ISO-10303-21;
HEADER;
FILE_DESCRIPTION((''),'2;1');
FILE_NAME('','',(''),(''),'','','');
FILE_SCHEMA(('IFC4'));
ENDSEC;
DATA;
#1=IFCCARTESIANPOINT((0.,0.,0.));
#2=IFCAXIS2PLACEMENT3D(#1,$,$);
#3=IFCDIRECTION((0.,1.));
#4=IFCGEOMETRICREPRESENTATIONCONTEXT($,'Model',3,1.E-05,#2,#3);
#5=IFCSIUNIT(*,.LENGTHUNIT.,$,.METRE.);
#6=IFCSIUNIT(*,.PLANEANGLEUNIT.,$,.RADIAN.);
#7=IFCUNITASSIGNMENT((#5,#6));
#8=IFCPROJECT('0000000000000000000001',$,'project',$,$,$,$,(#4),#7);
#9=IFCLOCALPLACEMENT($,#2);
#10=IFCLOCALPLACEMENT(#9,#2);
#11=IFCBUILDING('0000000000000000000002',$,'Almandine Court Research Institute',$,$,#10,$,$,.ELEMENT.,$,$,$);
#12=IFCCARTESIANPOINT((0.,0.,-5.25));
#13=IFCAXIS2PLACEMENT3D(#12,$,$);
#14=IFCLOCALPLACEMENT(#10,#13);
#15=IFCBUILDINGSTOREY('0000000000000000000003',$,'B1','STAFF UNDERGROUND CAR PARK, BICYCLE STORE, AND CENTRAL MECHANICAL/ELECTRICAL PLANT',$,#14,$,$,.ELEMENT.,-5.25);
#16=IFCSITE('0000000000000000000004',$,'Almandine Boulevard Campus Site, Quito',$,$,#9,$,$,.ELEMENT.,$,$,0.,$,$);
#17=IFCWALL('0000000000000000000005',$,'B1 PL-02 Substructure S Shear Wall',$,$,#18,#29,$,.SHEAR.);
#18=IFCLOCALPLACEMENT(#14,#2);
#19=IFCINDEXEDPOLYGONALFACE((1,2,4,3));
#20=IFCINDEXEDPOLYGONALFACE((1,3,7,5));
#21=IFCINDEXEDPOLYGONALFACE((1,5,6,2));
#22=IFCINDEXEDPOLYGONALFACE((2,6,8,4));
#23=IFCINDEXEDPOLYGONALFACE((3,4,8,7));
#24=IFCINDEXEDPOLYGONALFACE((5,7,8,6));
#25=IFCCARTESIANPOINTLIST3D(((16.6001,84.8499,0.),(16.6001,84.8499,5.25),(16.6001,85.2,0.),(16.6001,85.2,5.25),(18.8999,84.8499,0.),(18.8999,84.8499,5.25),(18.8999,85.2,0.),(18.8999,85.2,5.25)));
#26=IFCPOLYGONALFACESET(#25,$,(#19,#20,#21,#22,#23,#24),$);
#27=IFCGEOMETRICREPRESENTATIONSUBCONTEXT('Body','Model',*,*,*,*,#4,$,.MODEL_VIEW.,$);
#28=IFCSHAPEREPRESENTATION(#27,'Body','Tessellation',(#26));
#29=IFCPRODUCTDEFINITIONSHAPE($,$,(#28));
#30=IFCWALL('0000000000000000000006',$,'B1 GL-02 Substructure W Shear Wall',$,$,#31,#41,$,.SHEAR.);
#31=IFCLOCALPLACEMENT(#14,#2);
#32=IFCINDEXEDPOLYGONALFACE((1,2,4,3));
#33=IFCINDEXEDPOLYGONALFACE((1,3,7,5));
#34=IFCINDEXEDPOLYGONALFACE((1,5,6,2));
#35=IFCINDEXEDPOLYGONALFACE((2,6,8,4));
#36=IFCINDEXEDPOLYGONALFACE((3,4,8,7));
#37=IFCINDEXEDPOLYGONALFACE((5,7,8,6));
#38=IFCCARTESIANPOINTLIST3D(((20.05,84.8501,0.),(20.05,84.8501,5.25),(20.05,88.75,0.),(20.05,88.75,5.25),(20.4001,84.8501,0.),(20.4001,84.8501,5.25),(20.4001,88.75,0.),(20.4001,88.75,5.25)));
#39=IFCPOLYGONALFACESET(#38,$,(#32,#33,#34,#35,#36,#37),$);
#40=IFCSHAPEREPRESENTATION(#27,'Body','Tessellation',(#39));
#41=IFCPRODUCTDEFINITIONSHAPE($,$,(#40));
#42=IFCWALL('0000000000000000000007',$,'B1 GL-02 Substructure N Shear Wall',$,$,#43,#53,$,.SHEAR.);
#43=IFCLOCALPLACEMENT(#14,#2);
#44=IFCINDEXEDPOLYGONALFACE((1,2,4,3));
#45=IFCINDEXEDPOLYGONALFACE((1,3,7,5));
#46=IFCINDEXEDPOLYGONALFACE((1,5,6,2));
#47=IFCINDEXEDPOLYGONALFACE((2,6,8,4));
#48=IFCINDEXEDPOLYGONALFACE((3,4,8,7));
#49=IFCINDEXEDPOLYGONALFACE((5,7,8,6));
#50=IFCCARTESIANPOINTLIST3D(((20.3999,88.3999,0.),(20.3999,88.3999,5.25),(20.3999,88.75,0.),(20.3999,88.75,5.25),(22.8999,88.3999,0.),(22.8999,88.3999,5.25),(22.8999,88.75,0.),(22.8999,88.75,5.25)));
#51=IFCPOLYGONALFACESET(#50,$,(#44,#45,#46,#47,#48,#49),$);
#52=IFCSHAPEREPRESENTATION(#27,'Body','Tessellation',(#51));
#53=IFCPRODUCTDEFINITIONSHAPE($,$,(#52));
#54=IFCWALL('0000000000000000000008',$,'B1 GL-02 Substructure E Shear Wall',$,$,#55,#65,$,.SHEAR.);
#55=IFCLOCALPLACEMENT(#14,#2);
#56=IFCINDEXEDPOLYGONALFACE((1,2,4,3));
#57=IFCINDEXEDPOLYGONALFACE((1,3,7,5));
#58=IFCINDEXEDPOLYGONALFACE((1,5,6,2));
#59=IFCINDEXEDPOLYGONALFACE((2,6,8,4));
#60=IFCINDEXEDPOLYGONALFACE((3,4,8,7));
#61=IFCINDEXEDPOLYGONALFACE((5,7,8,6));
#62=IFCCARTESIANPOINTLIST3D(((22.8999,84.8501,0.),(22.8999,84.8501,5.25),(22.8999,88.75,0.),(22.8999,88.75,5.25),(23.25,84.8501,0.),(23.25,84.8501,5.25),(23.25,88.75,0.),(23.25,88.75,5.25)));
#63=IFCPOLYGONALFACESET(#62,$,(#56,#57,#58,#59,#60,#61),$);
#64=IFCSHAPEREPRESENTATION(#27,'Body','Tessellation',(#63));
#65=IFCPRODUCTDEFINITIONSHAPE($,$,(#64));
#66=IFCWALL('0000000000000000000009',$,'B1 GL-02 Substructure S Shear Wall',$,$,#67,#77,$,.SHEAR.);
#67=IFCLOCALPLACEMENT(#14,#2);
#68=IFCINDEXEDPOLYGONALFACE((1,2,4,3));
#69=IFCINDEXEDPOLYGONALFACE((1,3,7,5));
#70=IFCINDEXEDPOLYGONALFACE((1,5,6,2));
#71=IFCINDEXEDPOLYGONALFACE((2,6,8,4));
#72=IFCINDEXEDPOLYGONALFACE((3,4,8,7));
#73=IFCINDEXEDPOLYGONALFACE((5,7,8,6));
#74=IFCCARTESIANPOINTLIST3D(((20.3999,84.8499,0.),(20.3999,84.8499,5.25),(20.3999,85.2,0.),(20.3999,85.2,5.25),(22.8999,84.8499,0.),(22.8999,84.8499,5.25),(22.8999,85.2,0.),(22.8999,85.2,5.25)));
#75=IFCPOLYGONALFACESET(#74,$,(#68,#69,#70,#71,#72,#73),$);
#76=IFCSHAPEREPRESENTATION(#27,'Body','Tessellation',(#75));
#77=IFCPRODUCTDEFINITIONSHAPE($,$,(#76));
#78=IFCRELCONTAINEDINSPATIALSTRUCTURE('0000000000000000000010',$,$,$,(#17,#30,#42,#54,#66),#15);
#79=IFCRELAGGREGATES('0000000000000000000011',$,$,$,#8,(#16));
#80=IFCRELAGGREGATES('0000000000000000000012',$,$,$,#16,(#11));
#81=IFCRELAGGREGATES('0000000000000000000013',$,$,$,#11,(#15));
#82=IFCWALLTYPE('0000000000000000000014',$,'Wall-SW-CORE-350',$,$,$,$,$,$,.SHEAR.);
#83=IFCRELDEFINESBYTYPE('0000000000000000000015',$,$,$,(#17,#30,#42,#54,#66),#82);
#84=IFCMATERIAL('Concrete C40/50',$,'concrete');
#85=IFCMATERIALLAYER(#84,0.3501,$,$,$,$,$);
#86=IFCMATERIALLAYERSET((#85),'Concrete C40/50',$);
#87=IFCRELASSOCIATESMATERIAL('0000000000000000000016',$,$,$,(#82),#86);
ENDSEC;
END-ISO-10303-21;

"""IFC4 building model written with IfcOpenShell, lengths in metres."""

from ifc_helpers import new_model, si_unit, direction, frame, frame_2d, origin, place, context, subcontext, project, spatial, rectangle, extrude, material, layer, layer_set, type_object, element, save


model = new_model("IFC4")

# Units and contexts
model_context = context("Model", 3, precision=1e-05, world=origin(), true_north=direction((0.0, 1.0)))
body_context = subcontext(model_context, "Body", "Model", "MODEL_VIEW")
ifc_project = project(units=[si_unit("LENGTHUNIT", "METRE"), si_unit("PLANEANGLEUNIT", "RADIAN")], contexts=[model_context])

# Site, building, storey
site_placement = place(None, origin())
site = spatial("IfcSite", under=ifc_project, at=site_placement, Name="Almandine Boulevard Campus Site, Quito", CompositionType="ELEMENT", RefElevation=0.0)
building_placement = place(site_placement, origin())
building = spatial("IfcBuilding", under=site, at=building_placement, Name="Almandine Court Research Institute", CompositionType="ELEMENT")
storey_placement = place(building_placement, frame((0.0, 0.0, -5.25)))
storey = spatial("IfcBuildingStorey", under=building, at=storey_placement, Name="B1", Description="STAFF UNDERGROUND CAR PARK, BICYCLE STORE, AND CENTRAL MECHANICAL/ELECTRICAL PLANT", CompositionType="ELEMENT", Elevation=-5.25)

# Shared definitions
ifc_material_1 = material(Name="Concrete C40/50", Category="concrete")

# Walls
ifc_layer = layer(ifc_material_1, 0.3501)
ifc_layer_set = layer_set([ifc_layer], Name="Concrete C40/50")
wall_type = type_object("IfcWallType", Name="Wall-SW-CORE-350", PredefinedType="SHEAR", material=ifc_layer_set)
wall_1_placement = place(storey_placement, frame((18.8999, 85.0249, 0.0), z_axis=(0.0, 0.0, 1.0), x_axis=(-1.0, 0.0, 0.0)))
element("IfcWall", 1, at=wall_1_placement, inside=storey, type_object=wall_type, Name="B1 PL-02 Substructure S Shear Wall", PredefinedType="SHEAR", context=body_context, shape_type="SweptSolid", body=[
    extrude(rectangle(XDim=2.2998, YDim=0.3501, at=frame_2d((1.1499, 0.0))), origin(), (0.0, 0.0, 1.0), 5.25),
])
wall_2_placement = place(storey_placement, frame((20.2251, 84.8501, 0.0), z_axis=(0.0, 0.0, 1.0), x_axis=(0.0, 1.0, 0.0)))
element("IfcWall", 2, at=wall_2_placement, inside=storey, type_object=wall_type, Name="B1 GL-02 Substructure W Shear Wall", PredefinedType="SHEAR", context=body_context, shape_type="SweptSolid", body=[
    extrude(rectangle(XDim=3.8999, YDim=0.3501, at=frame_2d((1.95, 0.0))), origin(), (0.0, 0.0, 1.0), 5.25),
])
wall_3_placement = place(storey_placement, frame((20.3999, 88.575, 0.0), z_axis=(0.0, 0.0, 1.0), x_axis=(1.0, 0.0, 0.0)))
element("IfcWall", 3, at=wall_3_placement, inside=storey, type_object=wall_type, Name="B1 GL-02 Substructure N Shear Wall", PredefinedType="SHEAR", context=body_context, shape_type="SweptSolid", body=[
    extrude(rectangle(XDim=2.5, YDim=0.3501, at=frame_2d((1.25, 0.0))), origin(), (0.0, 0.0, 1.0), 5.25),
])
wall_4_placement = place(storey_placement, frame((23.075, 88.75, 0.0), z_axis=(0.0, 0.0, 1.0), x_axis=(0.0, -1.0, 0.0)))
element("IfcWall", 4, at=wall_4_placement, inside=storey, type_object=wall_type, Name="B1 GL-02 Substructure E Shear Wall", PredefinedType="SHEAR", context=body_context, shape_type="SweptSolid", body=[
    extrude(rectangle(XDim=3.8999, YDim=0.3501, at=frame_2d((1.95, 0.0))), origin(), (0.0, 0.0, 1.0), 5.25),
])
wall_5_placement = place(storey_placement, frame((22.8999, 85.0249, 0.0), z_axis=(0.0, 0.0, 1.0), x_axis=(-1.0, 0.0, 0.0)))
element("IfcWall", 5, at=wall_5_placement, inside=storey, type_object=wall_type, Name="B1 GL-02 Substructure S Shear Wall", PredefinedType="SHEAR", context=body_context, shape_type="SweptSolid", body=[
    extrude(rectangle(XDim=2.5, YDim=0.3501, at=frame_2d((1.25, 0.0))), origin(), (0.0, 0.0, 1.0), 5.25),
])

save(model, "model.ifc")
